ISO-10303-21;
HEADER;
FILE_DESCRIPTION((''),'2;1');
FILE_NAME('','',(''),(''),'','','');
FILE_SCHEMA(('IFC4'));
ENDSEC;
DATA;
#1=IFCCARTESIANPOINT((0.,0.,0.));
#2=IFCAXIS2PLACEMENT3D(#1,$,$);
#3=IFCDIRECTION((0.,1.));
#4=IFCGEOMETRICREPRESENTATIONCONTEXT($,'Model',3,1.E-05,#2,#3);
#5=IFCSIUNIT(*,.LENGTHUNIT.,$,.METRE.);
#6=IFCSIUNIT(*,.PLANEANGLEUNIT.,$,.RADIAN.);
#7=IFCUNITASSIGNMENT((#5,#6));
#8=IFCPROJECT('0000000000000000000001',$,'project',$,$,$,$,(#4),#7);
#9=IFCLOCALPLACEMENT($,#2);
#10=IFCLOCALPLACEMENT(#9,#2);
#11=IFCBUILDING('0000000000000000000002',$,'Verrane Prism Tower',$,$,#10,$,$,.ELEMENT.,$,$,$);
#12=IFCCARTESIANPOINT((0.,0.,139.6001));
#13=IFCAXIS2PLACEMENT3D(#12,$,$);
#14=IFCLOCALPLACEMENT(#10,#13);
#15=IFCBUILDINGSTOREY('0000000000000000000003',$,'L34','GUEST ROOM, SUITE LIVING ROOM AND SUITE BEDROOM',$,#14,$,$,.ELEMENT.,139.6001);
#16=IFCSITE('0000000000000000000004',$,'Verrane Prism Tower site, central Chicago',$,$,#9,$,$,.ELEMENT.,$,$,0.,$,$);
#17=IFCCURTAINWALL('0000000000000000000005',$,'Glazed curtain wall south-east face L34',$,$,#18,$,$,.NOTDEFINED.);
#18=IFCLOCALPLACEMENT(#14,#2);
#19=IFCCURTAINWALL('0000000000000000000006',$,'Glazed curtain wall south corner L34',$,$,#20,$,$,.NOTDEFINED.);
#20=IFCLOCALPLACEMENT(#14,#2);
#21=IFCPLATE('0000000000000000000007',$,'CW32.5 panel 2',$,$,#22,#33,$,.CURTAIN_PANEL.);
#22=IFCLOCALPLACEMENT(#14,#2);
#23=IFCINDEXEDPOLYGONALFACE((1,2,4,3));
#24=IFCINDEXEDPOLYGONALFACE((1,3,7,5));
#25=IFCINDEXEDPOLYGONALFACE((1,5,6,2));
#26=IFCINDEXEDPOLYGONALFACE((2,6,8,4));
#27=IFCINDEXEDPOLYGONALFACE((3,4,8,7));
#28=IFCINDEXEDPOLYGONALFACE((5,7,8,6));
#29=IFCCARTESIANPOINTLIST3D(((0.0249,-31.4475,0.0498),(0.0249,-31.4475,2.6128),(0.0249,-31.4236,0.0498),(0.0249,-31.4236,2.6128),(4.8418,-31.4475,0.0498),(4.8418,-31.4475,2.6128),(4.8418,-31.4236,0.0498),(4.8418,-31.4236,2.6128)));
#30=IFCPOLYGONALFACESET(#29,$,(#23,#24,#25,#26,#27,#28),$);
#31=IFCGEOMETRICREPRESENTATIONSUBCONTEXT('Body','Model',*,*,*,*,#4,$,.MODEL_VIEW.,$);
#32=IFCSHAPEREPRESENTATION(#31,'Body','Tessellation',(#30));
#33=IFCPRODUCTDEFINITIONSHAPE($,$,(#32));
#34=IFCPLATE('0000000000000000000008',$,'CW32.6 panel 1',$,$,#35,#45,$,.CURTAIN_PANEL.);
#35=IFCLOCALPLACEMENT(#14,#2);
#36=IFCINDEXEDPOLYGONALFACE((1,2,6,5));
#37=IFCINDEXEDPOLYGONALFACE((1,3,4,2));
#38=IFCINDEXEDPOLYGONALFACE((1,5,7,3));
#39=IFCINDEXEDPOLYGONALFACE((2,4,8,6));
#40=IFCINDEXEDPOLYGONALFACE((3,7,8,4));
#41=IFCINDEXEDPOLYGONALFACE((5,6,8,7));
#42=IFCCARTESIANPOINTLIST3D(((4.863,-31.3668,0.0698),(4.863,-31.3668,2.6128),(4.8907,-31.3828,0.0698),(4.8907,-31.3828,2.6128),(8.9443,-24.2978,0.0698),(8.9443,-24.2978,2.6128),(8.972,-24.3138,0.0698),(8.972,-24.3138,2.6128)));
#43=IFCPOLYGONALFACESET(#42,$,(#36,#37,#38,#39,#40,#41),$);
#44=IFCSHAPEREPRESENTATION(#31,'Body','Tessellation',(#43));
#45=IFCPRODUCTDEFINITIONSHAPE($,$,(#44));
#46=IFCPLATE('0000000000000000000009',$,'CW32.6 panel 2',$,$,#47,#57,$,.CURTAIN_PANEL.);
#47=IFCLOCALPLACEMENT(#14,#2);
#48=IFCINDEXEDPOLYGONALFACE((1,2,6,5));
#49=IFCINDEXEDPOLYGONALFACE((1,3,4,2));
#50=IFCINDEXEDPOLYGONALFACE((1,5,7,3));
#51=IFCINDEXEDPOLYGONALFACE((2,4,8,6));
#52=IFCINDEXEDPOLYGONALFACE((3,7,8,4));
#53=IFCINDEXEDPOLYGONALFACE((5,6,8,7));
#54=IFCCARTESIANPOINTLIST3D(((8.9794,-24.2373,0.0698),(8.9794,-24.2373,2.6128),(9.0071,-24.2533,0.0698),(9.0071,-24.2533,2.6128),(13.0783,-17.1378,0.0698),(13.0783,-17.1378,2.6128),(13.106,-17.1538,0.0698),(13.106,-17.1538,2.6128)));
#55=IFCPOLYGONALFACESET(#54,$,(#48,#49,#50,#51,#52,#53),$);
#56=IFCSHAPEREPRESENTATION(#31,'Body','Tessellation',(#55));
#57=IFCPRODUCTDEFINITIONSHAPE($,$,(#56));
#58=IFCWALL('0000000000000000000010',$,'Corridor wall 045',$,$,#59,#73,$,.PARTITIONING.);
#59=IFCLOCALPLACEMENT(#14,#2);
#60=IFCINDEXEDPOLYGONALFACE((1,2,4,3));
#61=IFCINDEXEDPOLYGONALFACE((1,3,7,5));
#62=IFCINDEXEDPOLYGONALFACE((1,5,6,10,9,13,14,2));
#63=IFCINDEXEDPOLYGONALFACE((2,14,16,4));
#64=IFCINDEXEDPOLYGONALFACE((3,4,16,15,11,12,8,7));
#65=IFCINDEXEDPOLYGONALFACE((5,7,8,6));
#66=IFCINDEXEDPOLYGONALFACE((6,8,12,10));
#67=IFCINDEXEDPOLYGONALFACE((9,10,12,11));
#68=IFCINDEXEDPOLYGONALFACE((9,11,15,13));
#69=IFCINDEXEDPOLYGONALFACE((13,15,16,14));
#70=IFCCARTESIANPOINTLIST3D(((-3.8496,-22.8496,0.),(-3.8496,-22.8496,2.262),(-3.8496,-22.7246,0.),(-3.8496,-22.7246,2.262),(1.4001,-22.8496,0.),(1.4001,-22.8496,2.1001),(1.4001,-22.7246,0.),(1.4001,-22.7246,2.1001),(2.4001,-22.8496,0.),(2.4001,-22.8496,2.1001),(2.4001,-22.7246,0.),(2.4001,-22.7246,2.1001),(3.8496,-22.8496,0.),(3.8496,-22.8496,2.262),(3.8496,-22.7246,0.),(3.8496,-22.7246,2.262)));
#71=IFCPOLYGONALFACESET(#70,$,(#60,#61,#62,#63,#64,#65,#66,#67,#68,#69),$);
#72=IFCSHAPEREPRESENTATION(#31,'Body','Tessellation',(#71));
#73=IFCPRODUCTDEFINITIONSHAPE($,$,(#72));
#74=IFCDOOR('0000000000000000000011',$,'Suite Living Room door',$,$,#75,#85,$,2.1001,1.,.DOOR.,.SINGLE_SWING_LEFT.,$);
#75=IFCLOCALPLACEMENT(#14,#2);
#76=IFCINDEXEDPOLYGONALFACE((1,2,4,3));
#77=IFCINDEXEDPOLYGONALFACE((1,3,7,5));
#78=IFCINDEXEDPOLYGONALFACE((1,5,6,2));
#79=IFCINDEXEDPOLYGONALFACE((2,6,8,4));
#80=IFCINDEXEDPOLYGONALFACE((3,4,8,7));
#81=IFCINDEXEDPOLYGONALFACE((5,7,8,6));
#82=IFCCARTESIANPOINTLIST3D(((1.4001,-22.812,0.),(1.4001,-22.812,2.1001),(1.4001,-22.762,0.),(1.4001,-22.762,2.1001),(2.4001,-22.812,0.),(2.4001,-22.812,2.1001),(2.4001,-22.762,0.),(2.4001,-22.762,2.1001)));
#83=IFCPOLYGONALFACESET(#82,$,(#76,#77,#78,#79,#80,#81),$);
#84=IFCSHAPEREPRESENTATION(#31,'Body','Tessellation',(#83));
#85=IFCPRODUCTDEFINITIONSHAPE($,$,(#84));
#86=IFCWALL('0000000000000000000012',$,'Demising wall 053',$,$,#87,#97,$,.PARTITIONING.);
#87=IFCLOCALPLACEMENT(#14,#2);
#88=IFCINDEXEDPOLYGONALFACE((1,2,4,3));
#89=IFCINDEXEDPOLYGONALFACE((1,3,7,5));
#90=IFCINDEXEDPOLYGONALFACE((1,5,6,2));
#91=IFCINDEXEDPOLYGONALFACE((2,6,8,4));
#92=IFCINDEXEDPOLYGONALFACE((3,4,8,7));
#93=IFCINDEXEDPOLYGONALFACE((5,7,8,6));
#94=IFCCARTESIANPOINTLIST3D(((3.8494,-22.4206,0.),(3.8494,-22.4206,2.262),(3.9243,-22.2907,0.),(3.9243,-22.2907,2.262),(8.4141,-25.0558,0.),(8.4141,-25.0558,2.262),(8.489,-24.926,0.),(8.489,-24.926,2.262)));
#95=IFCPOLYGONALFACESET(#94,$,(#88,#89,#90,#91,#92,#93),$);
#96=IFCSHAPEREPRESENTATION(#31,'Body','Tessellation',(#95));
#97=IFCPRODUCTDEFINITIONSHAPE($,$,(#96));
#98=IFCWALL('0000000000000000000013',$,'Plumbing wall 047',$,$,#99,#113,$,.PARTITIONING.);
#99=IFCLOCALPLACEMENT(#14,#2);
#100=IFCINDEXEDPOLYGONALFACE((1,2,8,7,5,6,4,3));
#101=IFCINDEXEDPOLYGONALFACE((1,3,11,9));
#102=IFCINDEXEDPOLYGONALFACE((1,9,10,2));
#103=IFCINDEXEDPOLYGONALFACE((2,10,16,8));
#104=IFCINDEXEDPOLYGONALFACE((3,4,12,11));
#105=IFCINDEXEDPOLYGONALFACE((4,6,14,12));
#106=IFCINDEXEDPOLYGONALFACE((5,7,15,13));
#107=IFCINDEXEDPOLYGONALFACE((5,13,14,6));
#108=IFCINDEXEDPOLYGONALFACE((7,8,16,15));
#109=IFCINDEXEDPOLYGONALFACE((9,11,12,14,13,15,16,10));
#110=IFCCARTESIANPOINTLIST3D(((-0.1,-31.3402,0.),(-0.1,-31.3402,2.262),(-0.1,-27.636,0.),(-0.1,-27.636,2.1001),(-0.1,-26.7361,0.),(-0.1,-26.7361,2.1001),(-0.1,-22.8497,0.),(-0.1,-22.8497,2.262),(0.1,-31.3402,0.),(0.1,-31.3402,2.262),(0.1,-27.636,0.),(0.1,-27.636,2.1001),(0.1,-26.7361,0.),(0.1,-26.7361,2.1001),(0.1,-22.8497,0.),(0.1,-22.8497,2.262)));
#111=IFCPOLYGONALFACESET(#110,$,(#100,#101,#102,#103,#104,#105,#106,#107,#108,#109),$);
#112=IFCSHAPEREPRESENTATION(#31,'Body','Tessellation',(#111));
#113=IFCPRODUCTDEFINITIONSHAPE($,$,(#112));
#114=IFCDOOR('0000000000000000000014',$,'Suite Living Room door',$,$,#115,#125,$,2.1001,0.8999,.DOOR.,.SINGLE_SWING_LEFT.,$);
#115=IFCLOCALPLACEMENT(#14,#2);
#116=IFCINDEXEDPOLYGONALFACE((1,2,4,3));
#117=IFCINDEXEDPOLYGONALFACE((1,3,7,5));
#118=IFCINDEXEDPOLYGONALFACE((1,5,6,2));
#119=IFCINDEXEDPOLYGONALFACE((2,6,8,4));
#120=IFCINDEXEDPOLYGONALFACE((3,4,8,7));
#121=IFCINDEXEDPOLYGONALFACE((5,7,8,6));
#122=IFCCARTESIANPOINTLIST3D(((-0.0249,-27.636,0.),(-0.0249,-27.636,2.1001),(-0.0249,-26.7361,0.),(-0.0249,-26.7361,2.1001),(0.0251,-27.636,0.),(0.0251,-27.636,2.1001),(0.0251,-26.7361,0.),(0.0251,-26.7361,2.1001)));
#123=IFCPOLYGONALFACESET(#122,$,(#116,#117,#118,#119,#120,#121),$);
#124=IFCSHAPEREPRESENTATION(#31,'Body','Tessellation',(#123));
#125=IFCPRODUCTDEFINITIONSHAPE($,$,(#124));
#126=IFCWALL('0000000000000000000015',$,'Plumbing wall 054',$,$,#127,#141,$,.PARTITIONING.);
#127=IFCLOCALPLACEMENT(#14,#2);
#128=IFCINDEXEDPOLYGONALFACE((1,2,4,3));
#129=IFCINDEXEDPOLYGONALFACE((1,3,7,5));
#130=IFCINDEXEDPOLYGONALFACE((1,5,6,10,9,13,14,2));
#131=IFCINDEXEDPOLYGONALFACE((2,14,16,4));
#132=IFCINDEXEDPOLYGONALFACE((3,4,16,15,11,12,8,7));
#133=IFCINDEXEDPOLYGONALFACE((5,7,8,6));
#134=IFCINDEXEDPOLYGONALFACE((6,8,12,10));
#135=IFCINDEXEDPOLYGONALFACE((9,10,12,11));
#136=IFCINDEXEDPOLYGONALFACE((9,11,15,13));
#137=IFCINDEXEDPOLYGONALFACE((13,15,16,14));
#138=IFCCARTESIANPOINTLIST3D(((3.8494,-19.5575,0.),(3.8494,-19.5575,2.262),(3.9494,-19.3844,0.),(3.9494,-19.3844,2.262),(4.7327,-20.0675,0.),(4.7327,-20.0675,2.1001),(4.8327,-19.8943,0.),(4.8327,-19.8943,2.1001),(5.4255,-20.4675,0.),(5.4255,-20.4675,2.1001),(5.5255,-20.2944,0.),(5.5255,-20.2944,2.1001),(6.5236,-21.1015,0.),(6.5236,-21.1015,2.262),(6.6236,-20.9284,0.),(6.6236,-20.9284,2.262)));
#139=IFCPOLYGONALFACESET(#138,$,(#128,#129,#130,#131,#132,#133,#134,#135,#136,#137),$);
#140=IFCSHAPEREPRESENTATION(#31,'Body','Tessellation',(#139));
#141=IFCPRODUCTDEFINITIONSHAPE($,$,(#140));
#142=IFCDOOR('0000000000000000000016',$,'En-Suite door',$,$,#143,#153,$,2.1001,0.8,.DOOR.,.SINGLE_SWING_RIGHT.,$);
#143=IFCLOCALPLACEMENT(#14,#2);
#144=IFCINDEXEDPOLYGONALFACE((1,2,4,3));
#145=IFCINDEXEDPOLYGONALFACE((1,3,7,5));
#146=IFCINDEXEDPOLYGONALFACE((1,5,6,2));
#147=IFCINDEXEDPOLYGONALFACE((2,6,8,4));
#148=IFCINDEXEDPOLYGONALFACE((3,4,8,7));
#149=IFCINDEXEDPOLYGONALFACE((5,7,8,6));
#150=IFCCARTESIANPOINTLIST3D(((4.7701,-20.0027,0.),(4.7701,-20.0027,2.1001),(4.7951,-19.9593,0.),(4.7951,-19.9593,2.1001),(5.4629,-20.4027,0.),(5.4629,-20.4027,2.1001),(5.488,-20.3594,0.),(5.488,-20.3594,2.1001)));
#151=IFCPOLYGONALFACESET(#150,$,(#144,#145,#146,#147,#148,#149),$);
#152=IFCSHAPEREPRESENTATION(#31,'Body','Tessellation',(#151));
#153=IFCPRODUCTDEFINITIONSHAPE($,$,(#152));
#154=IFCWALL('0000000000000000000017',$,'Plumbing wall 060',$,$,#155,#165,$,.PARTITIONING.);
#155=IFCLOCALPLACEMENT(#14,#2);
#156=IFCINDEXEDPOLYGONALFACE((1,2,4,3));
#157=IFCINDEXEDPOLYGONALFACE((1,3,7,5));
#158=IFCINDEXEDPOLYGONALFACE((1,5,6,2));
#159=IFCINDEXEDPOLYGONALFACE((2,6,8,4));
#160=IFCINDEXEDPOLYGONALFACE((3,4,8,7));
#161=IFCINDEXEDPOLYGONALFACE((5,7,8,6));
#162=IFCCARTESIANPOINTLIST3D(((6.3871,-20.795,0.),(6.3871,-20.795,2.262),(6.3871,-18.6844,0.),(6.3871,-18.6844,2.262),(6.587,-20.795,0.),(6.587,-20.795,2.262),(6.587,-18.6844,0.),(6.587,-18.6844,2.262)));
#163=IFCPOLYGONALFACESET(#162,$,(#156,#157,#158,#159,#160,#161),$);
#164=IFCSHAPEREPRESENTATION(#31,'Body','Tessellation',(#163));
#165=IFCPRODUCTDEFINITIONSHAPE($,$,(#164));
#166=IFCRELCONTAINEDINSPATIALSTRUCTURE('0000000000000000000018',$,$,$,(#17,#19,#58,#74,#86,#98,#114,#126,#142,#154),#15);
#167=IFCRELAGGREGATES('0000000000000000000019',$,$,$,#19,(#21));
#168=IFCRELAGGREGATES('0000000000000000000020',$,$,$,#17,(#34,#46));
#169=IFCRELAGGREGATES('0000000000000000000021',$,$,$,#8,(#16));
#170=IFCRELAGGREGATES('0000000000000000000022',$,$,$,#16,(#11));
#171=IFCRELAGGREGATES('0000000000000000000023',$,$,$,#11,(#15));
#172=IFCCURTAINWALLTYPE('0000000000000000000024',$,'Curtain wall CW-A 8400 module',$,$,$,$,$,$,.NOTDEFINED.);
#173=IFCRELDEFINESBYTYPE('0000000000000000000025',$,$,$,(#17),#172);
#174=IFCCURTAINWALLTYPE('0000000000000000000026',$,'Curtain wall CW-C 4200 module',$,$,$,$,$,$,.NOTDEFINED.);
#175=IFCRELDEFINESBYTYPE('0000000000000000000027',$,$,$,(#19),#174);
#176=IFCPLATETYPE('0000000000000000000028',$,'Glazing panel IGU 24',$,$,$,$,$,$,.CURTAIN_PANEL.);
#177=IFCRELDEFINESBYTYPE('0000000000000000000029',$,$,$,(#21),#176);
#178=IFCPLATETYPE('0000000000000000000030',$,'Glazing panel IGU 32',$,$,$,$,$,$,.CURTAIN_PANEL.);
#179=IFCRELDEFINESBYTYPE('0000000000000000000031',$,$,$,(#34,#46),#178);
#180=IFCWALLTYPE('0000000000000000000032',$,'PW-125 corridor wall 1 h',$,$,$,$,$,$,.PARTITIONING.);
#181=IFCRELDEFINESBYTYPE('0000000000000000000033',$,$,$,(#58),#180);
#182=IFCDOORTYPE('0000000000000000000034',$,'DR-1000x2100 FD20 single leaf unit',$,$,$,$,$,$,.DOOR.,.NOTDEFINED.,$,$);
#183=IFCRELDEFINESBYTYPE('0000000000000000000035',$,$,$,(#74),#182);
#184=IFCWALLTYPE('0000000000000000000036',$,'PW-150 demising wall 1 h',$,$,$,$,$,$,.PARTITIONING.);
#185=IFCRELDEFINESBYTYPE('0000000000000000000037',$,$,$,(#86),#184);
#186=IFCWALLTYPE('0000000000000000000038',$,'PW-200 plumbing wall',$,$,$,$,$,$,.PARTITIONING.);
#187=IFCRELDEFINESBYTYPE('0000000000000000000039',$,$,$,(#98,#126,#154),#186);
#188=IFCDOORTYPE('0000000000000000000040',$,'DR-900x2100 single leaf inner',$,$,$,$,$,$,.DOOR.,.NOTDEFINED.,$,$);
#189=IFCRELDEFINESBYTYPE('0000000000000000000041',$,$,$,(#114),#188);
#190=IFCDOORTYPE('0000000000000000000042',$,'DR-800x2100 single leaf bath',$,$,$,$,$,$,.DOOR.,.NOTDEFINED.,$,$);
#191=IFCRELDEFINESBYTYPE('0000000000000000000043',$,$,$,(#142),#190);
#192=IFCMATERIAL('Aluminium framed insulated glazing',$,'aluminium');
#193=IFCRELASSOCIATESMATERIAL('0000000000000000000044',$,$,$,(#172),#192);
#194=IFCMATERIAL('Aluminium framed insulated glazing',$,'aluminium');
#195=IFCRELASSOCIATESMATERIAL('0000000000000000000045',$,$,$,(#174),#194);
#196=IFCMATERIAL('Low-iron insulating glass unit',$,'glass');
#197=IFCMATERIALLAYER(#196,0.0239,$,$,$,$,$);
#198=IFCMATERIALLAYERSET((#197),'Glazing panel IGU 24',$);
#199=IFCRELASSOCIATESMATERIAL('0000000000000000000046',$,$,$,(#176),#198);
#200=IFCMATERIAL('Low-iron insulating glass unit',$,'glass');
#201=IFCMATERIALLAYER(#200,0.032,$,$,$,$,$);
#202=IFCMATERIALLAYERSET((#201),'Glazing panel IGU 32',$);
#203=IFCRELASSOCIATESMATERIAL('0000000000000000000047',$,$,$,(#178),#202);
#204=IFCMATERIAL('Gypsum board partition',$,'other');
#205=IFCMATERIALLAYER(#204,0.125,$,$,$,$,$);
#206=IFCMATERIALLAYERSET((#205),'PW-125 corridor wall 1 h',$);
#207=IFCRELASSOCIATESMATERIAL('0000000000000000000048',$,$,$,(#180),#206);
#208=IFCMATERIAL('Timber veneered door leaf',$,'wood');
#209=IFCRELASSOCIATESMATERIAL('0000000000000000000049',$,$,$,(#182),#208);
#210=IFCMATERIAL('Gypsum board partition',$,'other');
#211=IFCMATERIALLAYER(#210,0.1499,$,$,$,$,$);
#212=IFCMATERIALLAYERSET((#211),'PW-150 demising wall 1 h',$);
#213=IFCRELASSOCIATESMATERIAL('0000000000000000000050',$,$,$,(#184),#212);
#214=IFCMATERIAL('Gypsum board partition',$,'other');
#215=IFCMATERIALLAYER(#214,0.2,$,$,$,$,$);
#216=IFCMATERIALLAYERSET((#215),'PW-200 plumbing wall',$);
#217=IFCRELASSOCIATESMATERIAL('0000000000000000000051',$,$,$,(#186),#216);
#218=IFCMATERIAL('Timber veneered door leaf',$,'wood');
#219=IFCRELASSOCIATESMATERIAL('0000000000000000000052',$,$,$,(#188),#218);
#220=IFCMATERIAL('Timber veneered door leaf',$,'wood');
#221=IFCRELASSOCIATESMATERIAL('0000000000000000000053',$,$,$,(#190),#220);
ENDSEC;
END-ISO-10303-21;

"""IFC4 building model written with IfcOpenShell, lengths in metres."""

from ifc_helpers import new_model, si_unit, direction, frame, frame_2d, origin, origin_2d, place, context, subcontext, project, spatial, rectangle, extrude, material, layer, layer_set, type_object, element, fill, aggregate, save


model = new_model("IFC4")

# Units and contexts
model_context = context("Model", 3, precision=1e-05, world=origin(), true_north=direction((0.0, 1.0)))
body_context = subcontext(model_context, "Body", "Model", "MODEL_VIEW")
ifc_project = project(units=[si_unit("LENGTHUNIT", "METRE"), si_unit("PLANEANGLEUNIT", "RADIAN")], contexts=[model_context])

# Site, building, storey
site_placement = place(None, origin())
site = spatial("IfcSite", under=ifc_project, at=site_placement, Name="Verrane Prism Tower site, central Chicago", CompositionType="ELEMENT", RefElevation=0.0)
building_placement = place(site_placement, origin())
building = spatial("IfcBuilding", under=site, at=building_placement, Name="Verrane Prism Tower", CompositionType="ELEMENT")
storey_placement = place(building_placement, frame((0.0, 0.0, 139.6001)))
storey = spatial("IfcBuildingStorey", under=building, at=storey_placement, Name="L34", Description="GUEST ROOM, SUITE LIVING ROOM AND SUITE BEDROOM", CompositionType="ELEMENT", Elevation=139.6001)

# Curtain wall
ifc_material_1 = material(Name="Aluminium framed insulated glazing", Category="aluminium")
curtain_wall_type_1 = type_object("IfcCurtainWallType", Name="Curtain wall CW-A 8400 module", PredefinedType="NOTDEFINED", material=ifc_material_1)
curtain_wall_1_placement = place(storey_placement, origin())
curtain_wall_1 = element("IfcCurtainWall", 1, at=curtain_wall_1_placement, inside=storey, type_object=curtain_wall_type_1, Name="Glazed curtain wall south-east face L34", PredefinedType="NOTDEFINED")

# Curtain wall
ifc_material_2 = material(Name="Aluminium framed insulated glazing", Category="aluminium")
curtain_wall_type_2 = type_object("IfcCurtainWallType", Name="Curtain wall CW-C 4200 module", PredefinedType="NOTDEFINED", material=ifc_material_2)
curtain_wall_2_placement = place(storey_placement, origin())
curtain_wall_2 = element("IfcCurtainWall", 2, at=curtain_wall_2_placement, inside=storey, type_object=curtain_wall_type_2, Name="Glazed curtain wall south corner L34", PredefinedType="NOTDEFINED")

# Plates
ifc_material_3 = material(Name="Low-iron insulating glass unit", Category="glass")
ifc_layer_1 = layer(ifc_material_3, 0.0239)
ifc_layer_set_1 = layer_set([ifc_layer_1], Name="Glazing panel IGU 24")
plate_type_1 = type_object("IfcPlateType", Name="Glazing panel IGU 24", PredefinedType="CURTAIN_PANEL", material=ifc_layer_set_1)
plate_1_placement = place(storey_placement, frame((2.4333, -31.4355, 0.0498), z_axis=(0.0, 0.0, 1.0), x_axis=(1.0, 0.0, 0.0)))
plate_1 = element("IfcPlate", 3, at=plate_1_placement, type_object=plate_type_1, Name="CW32.5 panel 2", PredefinedType="CURTAIN_PANEL", context=body_context, shape_type="SweptSolid", body=[
    extrude(rectangle(XDim=4.8169, YDim=0.0239, at=origin_2d()), origin(), (0.0, 0.0, 1.0), 2.563),
])
aggregate(curtain_wall_2, [plate_1])
ifc_material_4 = material(Name="Low-iron insulating glass unit", Category="glass")
ifc_layer_2 = layer(ifc_material_4, 0.032)
ifc_layer_set_2 = layer_set([ifc_layer_2], Name="Glazing panel IGU 32")
plate_type_2 = type_object("IfcPlateType", Name="Glazing panel IGU 32", PredefinedType="CURTAIN_PANEL", material=ifc_layer_set_2)
plate_2_placement = place(storey_placement, frame((6.9175, -27.8403, 0.0698), z_axis=(0.0, 0.0, 1.0), x_axis=(0.5, 0.866025, 0.0)))
plate_2 = element("IfcPlate", 4, at=plate_2_placement, type_object=plate_type_2, Name="CW32.6 panel 1", PredefinedType="CURTAIN_PANEL", context=body_context, shape_type="SweptSolid", body=[
    extrude(rectangle(XDim=8.1626, YDim=0.032, at=origin_2d()), origin(), (0.0, 0.0, 1.0), 2.543),
])
plate_3_placement = place(storey_placement, frame((11.0427, -20.6956, 0.0698), z_axis=(0.0, 0.0, 1.0), x_axis=(0.5, 0.866025, 0.0)))
plate_3 = element("IfcPlate", 5, at=plate_3_placement, type_object=plate_type_2, Name="CW32.6 panel 2", PredefinedType="CURTAIN_PANEL", context=body_context, shape_type="SweptSolid", body=[
    extrude(rectangle(XDim=8.1978, YDim=0.032, at=origin_2d()), origin(), (0.0, 0.0, 1.0), 2.543),
])
aggregate(curtain_wall_1, [plate_2, plate_3])

# Wall, opening, door
ifc_material_5 = material(Name="Gypsum board partition", Category="other")
ifc_layer_3 = layer(ifc_material_5, 0.125)
ifc_layer_set_3 = layer_set([ifc_layer_3], Name="PW-125 corridor wall 1 h")
wall_type_1 = type_object("IfcWallType", Name="PW-125 corridor wall 1 h", PredefinedType="PARTITIONING", material=ifc_layer_set_3)
wall_1_placement = place(storey_placement, frame((3.8496, -22.7871, 0.0), z_axis=(0.0, 0.0, 1.0), x_axis=(-1.0, 0.0, 0.0)))
wall_1 = element("IfcWall", 6, at=wall_1_placement, inside=storey, type_object=wall_type_1, Name="Corridor wall 045", PredefinedType="PARTITIONING", context=body_context, shape_type="SweptSolid", body=[
    extrude(rectangle(XDim=7.6992, YDim=0.125, at=frame_2d((3.8496, 0.0))), origin(), (0.0, 0.0, 1.0), 2.262),
])
opening_1_placement = place(wall_1_placement, frame((1.4495, 0.0, 0.0)))
opening_1 = element("IfcOpeningElement", 7, at=opening_1_placement, cuts=wall_1, PredefinedType="OPENING", context=body_context, shape_type="SweptSolid", body=[
    extrude(rectangle(XDim=1.0, YDim=2.1001, at=frame_2d((0.5, 1.05))), frame((0.0, 0.0725, 0.0), z_axis=(0.0, -1.0, 0.0), x_axis=(1.0, 0.0, 0.0)), (0.0, 0.0, 1.0), 0.145),
])
ifc_material_6 = material(Name="Timber veneered door leaf", Category="wood")
door_type_1 = type_object("IfcDoorType", Name="DR-1000x2100 FD20 single leaf unit", OperationType="NOTDEFINED", PredefinedType="DOOR", material=ifc_material_6)
door_1_placement = place(opening_1_placement, origin())
door_1 = element("IfcDoor", 8, at=door_1_placement, inside=storey, type_object=door_type_1, Name="Suite Living Room door", OperationType="SINGLE_SWING_LEFT", OverallHeight=2.1001, OverallWidth=1.0, PredefinedType="DOOR", context=body_context, shape_type="SweptSolid", body=[
    extrude(rectangle(XDim=1.0, YDim=2.1001, at=frame_2d((0.5, 1.05))), frame((0.0, 0.0249, 0.0), z_axis=(0.0, -1.0, 0.0), x_axis=(1.0, 0.0, 0.0)), (0.0, 0.0, 1.0), 0.05),
])
fill(opening_1, door_1)

# Wall
ifc_material_7 = material(Name="Gypsum board partition", Category="other")
ifc_layer_4 = layer(ifc_material_7, 0.1499)
ifc_layer_set_4 = layer_set([ifc_layer_4], Name="PW-150 demising wall 1 h")
wall_type_2 = type_object("IfcWallType", Name="PW-150 demising wall 1 h", PredefinedType="PARTITIONING", material=ifc_layer_set_4)
wall_2_placement = place(storey_placement, frame((3.887, -22.3557, 0.0), z_axis=(0.0, 0.0, 1.0), x_axis=(0.86604, -0.499975, 0.0)))
element("IfcWall", 9, at=wall_2_placement, inside=storey, type_object=wall_type_2, Name="Demising wall 053", PredefinedType="PARTITIONING", context=body_context, shape_type="SweptSolid", body=[
    extrude(rectangle(XDim=5.2708, YDim=0.1499, at=frame_2d((2.6353, 0.0))), origin(), (0.0, 0.0, 1.0), 2.262),
])

# Walls, openings, doors
ifc_material_8 = material(Name="Gypsum board partition", Category="other")
ifc_layer_5 = layer(ifc_material_8, 0.2)
ifc_layer_set_5 = layer_set([ifc_layer_5], Name="PW-200 plumbing wall")
wall_type_3 = type_object("IfcWallType", Name="PW-200 plumbing wall", PredefinedType="PARTITIONING", material=ifc_layer_set_5)
wall_3_placement = place(storey_placement, frame((0.0, -31.3401, 0.0), z_axis=(0.0, 0.0, 1.0), x_axis=(0.0, 1.0, 0.0)))
wall_3 = element("IfcWall", 10, at=wall_3_placement, inside=storey, type_object=wall_type_3, Name="Plumbing wall 047", PredefinedType="PARTITIONING", context=body_context, shape_type="SweptSolid", body=[
    extrude(rectangle(XDim=8.4905, YDim=0.2, at=frame_2d((4.2451, 0.0))), origin(), (0.0, 0.0, 1.0), 2.262),
])
opening_2_placement = place(wall_3_placement, frame((3.7041, 0.0, 0.0)))
opening_2 = element("IfcOpeningElement", 11, at=opening_2_placement, cuts=wall_3, PredefinedType="OPENING", context=body_context, shape_type="SweptSolid", body=[
    extrude(rectangle(XDim=0.8999, YDim=2.1001, at=frame_2d((0.45, 1.05))), frame((0.0, 0.1099, 0.0), z_axis=(0.0, -1.0, 0.0), x_axis=(1.0, 0.0, 0.0)), (0.0, 0.0, 1.0), 0.22),
])
ifc_material_9 = material(Name="Timber veneered door leaf", Category="wood")
door_type_2 = type_object("IfcDoorType", Name="DR-900x2100 single leaf inner", OperationType="NOTDEFINED", PredefinedType="DOOR", material=ifc_material_9)
door_2_placement = place(opening_2_placement, origin())
door_2 = element("IfcDoor", 12, at=door_2_placement, inside=storey, type_object=door_type_2, Name="Suite Living Room door", OperationType="SINGLE_SWING_LEFT", OverallHeight=2.1001, OverallWidth=0.8999, PredefinedType="DOOR", context=body_context, shape_type="SweptSolid", body=[
    extrude(rectangle(XDim=0.8999, YDim=2.1001, at=frame_2d((0.45, 1.05))), frame((0.0, 0.0249, 0.0), z_axis=(0.0, -1.0, 0.0), x_axis=(1.0, 0.0, 0.0)), (0.0, 0.0, 1.0), 0.05),
])
fill(opening_2, door_2)
wall_4_placement = place(storey_placement, frame((3.8994, -19.4709, 0.0), z_axis=(0.0, 0.0, 1.0), x_axis=(0.866016, -0.500017, 0.0)))
wall_4 = element("IfcWall", 13, at=wall_4_placement, inside=storey, type_object=wall_type_3, Name="Plumbing wall 054", PredefinedType="PARTITIONING", context=body_context, shape_type="SweptSolid", body=[
    extrude(rectangle(XDim=3.0879, YDim=0.2, at=frame_2d((1.5439, 0.0))), origin(), (0.0, 0.0, 1.0), 2.262),
])
opening_3_placement = place(wall_4_placement, frame((1.02, 0.0, 0.0)))
opening_3 = element("IfcOpeningElement", 14, at=opening_3_placement, cuts=wall_4, PredefinedType="OPENING", context=body_context, shape_type="SweptSolid", body=[
    extrude(rectangle(XDim=0.8, YDim=2.1001, at=frame_2d((0.3999, 1.05))), frame((0.0, 0.1099, 0.0), z_axis=(0.0, -1.0, 0.0), x_axis=(1.0, 0.0, 0.0)), (0.0, 0.0, 1.0), 0.22),
])
ifc_material_10 = material(Name="Timber veneered door leaf", Category="wood")
door_type_3 = type_object("IfcDoorType", Name="DR-800x2100 single leaf bath", OperationType="NOTDEFINED", PredefinedType="DOOR", material=ifc_material_10)
door_3_placement = place(opening_3_placement, origin())
door_3 = element("IfcDoor", 15, at=door_3_placement, inside=storey, type_object=door_type_3, Name="En-Suite door", OperationType="SINGLE_SWING_RIGHT", OverallHeight=2.1001, OverallWidth=0.8, PredefinedType="DOOR", context=body_context, shape_type="SweptSolid", body=[
    extrude(rectangle(XDim=0.8, YDim=2.1001, at=frame_2d((0.3999, 1.05))), frame((0.0, 0.0249, 0.0), z_axis=(0.0, -1.0, 0.0), x_axis=(1.0, 0.0, 0.0)), (0.0, 0.0, 1.0), 0.05),
])
fill(opening_3, door_3)

# Wall
wall_5_placement = place(storey_placement, frame((6.4871, -20.7949, 0.0), z_axis=(0.0, 0.0, 1.0), x_axis=(0.0, 1.0, 0.0)))
element("IfcWall", 16, at=wall_5_placement, inside=storey, type_object=wall_type_3, Name="Plumbing wall 060", PredefinedType="PARTITIONING", context=body_context, shape_type="SweptSolid", body=[
    extrude(rectangle(XDim=2.1106, YDim=0.2, at=frame_2d((1.0552, 0.0))), origin(), (0.0, 0.0, 1.0), 2.262),
])

save(model, "model.ifc")
